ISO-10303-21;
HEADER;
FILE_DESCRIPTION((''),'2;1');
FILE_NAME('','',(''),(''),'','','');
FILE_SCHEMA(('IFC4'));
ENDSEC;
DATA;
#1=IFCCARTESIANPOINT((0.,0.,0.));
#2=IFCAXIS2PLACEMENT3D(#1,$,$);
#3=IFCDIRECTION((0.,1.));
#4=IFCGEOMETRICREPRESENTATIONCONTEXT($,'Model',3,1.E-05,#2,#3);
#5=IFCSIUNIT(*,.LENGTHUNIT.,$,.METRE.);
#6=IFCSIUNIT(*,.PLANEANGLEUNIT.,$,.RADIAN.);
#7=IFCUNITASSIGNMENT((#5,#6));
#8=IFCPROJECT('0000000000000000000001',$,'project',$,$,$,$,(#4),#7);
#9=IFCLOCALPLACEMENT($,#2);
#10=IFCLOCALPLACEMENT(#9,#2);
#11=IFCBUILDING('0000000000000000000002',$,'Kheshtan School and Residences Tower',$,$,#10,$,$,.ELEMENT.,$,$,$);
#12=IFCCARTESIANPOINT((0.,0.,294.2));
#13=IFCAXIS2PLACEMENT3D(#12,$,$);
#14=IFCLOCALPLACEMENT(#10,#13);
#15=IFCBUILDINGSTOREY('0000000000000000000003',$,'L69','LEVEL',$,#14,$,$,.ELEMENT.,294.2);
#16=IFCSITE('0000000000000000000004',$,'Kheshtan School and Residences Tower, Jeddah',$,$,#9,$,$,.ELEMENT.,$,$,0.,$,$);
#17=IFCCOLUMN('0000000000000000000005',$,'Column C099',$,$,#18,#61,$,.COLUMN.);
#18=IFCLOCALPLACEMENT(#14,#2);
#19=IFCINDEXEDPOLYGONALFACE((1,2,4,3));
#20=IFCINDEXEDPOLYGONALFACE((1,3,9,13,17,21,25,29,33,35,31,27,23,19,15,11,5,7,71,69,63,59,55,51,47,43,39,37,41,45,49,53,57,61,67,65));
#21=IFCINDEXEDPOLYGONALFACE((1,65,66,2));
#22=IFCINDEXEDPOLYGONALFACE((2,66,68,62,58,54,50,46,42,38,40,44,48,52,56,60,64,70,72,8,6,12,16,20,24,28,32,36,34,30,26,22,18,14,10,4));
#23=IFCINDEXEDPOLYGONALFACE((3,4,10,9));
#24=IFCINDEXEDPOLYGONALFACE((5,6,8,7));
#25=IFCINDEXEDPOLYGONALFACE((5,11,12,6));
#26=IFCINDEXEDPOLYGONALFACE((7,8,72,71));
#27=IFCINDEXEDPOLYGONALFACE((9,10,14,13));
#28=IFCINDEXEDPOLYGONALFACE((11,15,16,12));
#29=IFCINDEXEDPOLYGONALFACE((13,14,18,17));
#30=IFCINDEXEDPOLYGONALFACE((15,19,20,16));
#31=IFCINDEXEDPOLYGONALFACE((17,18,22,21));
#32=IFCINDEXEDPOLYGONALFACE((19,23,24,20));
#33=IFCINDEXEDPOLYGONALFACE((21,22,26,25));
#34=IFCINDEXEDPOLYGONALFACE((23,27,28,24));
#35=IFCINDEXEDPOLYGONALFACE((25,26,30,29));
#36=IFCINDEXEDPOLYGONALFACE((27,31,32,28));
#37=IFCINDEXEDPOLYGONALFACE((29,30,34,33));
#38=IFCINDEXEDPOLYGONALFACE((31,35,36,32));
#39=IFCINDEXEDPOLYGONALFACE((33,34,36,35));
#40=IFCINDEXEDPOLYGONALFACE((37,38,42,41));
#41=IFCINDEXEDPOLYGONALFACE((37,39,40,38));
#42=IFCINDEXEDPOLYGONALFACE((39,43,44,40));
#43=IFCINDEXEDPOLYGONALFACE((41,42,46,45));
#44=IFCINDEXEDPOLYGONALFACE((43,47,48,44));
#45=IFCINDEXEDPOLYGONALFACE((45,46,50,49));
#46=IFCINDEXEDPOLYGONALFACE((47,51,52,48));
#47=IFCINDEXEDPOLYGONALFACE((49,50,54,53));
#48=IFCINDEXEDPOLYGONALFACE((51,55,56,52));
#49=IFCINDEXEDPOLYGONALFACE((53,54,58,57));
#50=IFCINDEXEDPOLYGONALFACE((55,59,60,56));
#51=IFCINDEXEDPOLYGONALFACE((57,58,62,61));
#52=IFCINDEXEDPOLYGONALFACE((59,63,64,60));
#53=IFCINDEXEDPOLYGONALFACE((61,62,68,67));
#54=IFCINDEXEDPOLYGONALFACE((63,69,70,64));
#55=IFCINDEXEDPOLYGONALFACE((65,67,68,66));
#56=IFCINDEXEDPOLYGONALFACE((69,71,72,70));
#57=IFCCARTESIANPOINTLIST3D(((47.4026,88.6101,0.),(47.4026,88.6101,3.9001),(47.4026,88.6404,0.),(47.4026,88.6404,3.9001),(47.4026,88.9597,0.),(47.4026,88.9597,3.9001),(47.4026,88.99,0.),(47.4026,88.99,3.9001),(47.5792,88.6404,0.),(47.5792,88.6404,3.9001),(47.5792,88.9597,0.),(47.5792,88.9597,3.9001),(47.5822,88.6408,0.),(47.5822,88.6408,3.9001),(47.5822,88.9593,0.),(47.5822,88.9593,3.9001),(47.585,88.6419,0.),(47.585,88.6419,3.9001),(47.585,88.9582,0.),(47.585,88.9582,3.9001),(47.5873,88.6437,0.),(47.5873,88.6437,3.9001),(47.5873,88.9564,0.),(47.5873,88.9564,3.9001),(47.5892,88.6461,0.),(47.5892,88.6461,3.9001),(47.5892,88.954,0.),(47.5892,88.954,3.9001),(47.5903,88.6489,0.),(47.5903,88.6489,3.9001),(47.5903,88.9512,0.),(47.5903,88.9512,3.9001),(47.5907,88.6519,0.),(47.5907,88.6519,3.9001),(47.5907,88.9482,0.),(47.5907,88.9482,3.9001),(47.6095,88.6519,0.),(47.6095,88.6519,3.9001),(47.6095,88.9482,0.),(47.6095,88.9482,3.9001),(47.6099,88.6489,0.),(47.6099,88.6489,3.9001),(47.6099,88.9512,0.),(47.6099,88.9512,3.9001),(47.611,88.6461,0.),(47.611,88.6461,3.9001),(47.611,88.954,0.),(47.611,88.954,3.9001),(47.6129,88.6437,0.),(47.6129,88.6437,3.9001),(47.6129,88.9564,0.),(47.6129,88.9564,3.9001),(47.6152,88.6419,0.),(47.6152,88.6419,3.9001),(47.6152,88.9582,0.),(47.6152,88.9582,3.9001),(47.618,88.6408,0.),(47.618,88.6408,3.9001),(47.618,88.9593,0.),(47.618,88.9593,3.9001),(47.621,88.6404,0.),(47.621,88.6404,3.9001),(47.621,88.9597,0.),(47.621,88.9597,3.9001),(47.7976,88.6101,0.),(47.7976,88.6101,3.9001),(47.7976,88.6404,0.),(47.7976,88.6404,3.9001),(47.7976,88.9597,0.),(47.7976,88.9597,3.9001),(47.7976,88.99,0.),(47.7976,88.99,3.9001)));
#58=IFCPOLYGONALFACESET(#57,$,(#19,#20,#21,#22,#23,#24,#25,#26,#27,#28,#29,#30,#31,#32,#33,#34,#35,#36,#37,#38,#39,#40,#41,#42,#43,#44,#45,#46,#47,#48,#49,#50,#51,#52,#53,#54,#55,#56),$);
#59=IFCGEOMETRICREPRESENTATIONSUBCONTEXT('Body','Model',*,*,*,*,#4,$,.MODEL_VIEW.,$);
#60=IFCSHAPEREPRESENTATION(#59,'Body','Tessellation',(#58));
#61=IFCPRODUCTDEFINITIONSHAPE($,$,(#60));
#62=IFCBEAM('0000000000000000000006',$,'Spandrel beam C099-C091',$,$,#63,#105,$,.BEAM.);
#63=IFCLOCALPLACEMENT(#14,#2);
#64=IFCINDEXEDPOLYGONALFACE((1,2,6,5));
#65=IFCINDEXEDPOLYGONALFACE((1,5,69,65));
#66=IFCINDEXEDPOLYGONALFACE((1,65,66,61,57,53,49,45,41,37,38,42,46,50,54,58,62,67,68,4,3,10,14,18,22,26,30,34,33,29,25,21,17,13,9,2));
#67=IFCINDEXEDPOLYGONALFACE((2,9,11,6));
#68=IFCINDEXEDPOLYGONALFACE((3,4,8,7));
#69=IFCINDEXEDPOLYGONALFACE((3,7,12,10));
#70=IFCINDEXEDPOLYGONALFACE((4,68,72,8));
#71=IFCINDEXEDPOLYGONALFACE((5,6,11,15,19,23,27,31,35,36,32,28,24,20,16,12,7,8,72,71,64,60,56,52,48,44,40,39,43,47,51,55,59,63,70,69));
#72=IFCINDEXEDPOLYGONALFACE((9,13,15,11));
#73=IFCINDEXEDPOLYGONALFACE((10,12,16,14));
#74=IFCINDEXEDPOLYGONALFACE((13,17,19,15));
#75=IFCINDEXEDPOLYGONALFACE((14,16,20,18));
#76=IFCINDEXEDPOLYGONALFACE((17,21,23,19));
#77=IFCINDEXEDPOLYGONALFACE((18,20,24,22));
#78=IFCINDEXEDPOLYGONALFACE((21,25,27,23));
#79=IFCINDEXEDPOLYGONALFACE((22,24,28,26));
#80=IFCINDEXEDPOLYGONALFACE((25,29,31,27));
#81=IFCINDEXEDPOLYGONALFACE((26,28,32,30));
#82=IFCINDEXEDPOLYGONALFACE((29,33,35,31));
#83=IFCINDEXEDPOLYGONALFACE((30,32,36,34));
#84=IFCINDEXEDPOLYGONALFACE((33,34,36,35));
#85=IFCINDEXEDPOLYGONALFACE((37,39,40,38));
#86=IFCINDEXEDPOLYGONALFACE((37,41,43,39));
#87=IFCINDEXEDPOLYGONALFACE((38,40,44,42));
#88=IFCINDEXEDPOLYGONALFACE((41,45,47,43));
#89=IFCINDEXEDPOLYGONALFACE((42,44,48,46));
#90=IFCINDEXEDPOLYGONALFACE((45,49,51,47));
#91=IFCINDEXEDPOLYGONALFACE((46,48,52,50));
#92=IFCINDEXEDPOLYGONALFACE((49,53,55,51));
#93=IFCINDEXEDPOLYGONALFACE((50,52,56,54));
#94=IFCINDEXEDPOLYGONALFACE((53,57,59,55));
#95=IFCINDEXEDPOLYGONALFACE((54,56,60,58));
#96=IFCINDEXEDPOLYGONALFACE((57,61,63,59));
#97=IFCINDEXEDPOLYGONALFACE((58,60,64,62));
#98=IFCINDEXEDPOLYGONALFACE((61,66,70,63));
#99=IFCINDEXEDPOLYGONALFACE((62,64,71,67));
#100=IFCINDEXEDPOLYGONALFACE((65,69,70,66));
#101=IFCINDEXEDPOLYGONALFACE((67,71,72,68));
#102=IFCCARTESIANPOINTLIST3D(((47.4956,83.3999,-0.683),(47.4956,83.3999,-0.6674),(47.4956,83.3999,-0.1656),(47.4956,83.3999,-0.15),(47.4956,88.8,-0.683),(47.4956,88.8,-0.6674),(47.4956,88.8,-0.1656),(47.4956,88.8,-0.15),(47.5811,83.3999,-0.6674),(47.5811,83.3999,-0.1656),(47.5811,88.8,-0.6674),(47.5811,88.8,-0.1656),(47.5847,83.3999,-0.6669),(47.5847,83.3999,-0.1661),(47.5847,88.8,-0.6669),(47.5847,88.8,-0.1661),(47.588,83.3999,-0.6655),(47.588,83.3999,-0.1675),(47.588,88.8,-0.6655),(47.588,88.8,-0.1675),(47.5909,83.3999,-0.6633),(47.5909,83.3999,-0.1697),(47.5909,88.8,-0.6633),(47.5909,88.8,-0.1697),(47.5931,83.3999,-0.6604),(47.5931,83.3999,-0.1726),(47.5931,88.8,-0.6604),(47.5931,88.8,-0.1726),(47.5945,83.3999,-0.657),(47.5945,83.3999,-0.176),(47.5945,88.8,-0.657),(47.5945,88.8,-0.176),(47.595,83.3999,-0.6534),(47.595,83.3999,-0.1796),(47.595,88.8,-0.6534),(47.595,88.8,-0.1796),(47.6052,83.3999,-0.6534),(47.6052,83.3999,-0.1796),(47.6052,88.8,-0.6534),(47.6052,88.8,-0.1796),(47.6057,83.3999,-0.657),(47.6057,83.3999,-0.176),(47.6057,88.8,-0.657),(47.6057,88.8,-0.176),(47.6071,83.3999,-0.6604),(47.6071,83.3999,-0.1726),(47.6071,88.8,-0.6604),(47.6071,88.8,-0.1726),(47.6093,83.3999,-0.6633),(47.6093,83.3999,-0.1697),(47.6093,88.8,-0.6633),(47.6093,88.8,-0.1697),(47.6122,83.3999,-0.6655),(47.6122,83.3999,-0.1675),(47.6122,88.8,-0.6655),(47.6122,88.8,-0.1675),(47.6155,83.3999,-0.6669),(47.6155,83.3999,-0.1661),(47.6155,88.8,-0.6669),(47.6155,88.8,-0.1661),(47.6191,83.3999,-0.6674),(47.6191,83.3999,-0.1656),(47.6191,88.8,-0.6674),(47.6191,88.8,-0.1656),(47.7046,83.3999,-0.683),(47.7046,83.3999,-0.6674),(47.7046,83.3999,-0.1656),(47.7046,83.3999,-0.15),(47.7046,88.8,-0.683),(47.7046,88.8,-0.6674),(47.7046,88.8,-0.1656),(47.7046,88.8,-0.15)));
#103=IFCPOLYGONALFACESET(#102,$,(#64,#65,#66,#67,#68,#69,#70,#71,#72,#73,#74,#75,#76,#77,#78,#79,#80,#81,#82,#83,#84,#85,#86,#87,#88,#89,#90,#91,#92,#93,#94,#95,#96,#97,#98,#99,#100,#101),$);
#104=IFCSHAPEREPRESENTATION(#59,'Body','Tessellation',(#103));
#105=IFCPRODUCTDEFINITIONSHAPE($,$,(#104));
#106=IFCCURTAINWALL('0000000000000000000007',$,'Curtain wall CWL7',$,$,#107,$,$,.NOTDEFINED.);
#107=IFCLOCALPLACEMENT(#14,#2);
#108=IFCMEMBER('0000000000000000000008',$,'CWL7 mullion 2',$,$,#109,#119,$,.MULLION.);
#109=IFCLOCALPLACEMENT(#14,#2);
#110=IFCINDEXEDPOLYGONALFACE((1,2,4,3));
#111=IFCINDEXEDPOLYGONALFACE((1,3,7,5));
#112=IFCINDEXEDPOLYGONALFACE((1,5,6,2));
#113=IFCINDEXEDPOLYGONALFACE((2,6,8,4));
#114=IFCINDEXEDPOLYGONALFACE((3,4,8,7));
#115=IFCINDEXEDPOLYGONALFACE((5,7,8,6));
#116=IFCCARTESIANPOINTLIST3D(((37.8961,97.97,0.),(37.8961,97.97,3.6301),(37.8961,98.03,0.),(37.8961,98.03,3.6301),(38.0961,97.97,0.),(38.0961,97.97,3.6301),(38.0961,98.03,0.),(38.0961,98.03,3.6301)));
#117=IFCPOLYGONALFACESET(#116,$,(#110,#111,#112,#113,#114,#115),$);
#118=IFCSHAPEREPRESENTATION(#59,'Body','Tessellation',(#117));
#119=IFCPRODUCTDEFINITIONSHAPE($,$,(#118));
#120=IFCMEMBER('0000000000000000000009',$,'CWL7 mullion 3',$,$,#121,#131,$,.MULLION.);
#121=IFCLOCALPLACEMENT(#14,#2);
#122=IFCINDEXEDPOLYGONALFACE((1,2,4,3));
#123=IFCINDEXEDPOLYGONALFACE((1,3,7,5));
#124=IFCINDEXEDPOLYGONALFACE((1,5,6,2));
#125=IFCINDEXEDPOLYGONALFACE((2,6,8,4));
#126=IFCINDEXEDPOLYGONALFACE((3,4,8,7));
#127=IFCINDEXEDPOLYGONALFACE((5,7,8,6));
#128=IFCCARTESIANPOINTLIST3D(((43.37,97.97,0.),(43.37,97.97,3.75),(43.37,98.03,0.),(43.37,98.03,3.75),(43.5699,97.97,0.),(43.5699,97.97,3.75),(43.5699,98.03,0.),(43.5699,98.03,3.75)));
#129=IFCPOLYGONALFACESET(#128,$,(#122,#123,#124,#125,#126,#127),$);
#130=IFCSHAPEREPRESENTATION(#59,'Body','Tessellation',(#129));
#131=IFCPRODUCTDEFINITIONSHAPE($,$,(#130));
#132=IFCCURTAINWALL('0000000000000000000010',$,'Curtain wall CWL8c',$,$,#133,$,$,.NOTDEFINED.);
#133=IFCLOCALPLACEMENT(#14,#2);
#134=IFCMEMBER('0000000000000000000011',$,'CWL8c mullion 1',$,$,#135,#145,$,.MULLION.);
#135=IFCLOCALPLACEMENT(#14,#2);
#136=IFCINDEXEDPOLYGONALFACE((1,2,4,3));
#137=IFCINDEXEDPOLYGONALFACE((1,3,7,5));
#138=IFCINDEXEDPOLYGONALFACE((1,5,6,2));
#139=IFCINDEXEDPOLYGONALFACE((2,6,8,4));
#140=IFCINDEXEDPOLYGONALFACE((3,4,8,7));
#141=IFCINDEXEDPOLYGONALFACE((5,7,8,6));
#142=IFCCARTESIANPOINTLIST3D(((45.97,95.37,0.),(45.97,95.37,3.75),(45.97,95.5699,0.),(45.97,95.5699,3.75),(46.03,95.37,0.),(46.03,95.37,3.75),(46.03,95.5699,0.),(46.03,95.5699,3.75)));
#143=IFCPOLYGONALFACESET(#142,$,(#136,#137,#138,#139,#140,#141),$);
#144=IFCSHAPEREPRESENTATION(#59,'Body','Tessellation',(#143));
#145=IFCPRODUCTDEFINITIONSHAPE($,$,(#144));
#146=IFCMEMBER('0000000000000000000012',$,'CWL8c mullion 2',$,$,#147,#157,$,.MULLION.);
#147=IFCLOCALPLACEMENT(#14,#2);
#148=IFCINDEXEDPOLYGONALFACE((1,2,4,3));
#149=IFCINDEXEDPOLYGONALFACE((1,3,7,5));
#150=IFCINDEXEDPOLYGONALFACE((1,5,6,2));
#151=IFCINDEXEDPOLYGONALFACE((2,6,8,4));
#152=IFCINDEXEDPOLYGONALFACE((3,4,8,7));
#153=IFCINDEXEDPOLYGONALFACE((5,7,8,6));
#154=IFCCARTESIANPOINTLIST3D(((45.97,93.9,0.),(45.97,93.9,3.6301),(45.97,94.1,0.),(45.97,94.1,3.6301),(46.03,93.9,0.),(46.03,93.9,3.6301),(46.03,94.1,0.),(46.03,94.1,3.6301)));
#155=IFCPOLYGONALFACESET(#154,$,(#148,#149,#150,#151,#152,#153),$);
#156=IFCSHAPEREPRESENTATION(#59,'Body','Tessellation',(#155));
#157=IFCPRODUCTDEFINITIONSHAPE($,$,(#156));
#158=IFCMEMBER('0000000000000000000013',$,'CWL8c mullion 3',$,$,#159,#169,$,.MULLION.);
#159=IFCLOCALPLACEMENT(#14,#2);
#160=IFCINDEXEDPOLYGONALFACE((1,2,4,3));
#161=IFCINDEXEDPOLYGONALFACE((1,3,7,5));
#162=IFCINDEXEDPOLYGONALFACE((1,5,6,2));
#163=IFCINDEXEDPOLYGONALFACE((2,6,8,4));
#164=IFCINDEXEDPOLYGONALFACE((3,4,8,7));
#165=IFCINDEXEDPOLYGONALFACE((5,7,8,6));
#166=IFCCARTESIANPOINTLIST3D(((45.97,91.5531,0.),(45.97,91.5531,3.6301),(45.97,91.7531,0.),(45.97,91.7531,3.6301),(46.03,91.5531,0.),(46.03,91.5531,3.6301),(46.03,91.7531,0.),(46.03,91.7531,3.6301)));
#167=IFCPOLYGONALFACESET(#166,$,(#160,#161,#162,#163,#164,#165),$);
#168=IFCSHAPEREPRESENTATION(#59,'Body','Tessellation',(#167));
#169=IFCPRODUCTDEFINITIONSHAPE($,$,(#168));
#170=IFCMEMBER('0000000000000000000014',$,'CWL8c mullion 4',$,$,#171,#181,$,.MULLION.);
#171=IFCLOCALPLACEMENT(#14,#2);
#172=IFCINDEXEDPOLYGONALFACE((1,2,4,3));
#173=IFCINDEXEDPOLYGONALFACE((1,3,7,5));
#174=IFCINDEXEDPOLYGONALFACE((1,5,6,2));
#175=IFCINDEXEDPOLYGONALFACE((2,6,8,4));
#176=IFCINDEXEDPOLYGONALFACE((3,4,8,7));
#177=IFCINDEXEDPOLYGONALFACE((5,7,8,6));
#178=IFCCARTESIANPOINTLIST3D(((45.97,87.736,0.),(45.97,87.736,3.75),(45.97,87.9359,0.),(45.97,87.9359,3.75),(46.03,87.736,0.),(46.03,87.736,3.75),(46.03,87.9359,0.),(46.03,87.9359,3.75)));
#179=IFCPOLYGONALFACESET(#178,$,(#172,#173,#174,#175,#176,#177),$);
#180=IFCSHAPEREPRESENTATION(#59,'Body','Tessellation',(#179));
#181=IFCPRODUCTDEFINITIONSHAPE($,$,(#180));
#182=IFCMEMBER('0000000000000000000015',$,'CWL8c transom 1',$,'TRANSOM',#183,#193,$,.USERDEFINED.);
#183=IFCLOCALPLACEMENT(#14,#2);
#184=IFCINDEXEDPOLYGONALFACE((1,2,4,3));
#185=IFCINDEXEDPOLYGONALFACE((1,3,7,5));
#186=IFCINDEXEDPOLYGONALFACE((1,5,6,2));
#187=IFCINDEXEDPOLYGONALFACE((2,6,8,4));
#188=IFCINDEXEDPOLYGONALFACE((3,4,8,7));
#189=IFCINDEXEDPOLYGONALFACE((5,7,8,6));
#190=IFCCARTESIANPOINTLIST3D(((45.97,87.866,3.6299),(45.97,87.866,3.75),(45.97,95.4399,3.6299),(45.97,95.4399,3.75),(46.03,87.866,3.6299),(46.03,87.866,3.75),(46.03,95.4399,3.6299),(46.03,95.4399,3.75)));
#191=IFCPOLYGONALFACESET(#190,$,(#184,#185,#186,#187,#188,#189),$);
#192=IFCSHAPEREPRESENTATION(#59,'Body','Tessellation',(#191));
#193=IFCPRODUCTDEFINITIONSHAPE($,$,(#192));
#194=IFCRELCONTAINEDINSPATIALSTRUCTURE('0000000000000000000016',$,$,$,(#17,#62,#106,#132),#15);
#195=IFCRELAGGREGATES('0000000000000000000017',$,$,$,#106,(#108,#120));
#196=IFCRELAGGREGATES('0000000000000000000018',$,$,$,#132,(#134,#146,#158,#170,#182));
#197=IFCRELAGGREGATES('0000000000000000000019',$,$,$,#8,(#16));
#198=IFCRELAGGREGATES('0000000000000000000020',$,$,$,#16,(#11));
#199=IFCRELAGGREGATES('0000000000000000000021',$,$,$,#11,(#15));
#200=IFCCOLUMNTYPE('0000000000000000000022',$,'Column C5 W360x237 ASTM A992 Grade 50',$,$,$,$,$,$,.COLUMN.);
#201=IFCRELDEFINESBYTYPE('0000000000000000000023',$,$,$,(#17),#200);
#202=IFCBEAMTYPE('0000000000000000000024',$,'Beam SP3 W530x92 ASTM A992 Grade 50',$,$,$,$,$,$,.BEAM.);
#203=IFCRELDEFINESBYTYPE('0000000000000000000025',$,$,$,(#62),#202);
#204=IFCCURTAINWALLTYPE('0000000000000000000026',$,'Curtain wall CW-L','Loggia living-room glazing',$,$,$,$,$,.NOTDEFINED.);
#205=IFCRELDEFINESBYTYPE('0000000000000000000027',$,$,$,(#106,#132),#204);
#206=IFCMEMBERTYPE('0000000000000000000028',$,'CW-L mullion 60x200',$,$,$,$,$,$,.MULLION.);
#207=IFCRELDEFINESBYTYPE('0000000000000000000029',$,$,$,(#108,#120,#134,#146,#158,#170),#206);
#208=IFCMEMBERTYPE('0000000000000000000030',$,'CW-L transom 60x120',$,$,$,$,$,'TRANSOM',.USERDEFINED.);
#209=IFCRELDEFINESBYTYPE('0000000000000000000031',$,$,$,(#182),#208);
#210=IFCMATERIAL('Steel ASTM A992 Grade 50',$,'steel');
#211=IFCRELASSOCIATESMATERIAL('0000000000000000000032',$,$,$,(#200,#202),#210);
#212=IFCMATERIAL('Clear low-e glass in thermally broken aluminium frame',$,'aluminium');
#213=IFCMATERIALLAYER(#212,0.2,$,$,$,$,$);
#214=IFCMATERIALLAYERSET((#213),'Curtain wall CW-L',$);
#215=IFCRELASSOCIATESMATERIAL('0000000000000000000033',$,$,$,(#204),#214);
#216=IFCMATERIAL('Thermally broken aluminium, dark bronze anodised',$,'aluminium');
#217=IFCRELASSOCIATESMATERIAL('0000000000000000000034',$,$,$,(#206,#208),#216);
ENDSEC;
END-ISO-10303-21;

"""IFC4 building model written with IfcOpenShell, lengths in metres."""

from ifc_helpers import new_model, si_unit, direction, frame, origin, origin_2d, place, context, subcontext, project, spatial, rectangle, i_section, extrude, material, layer, layer_set, material_profile, profile_set, type_object, element, aggregate, save


model = new_model("IFC4")

# Units and contexts
model_context = context("Model", 3, precision=1e-05, world=origin(), true_north=direction((0.0, 1.0)))
body_context = subcontext(model_context, "Body", "Model", "MODEL_VIEW")
ifc_project = project(units=[si_unit("LENGTHUNIT", "METRE"), si_unit("PLANEANGLEUNIT", "RADIAN")], contexts=[model_context])

# Site, building, storey
site_placement = place(None, origin())
site = spatial("IfcSite", under=ifc_project, at=site_placement, Name="Kheshtan School and Residences Tower, Jeddah", CompositionType="ELEMENT", RefElevation=0.0)
building_placement = place(site_placement, origin())
building = spatial("IfcBuilding", under=site, at=building_placement, Name="Kheshtan School and Residences Tower", CompositionType="ELEMENT")
storey_placement = place(building_placement, frame((0.0, 0.0, 294.2)))
storey = spatial("IfcBuildingStorey", under=building, at=storey_placement, Name="L69", Description="LEVEL", CompositionType="ELEMENT", Elevation=294.2)

# Column
ifc_material_1 = material(Name="Steel ASTM A992 Grade 50", Category="steel")
ifc_material_profile_1 = material_profile(ifc_material_1, i_section(OverallWidth=0.395, OverallDepth=0.3799, WebThickness=0.0188, FlangeThickness=0.0303, FilletRadius=0.0115, at=origin_2d()), Name="W360x237")
ifc_profile_set_1 = profile_set([ifc_material_profile_1], Name="Steel ASTM A992 Grade 50")
column_type = type_object("IfcColumnType", Name="Column C5 W360x237 ASTM A992 Grade 50", PredefinedType="COLUMN", material=ifc_profile_set_1)
column_placement = place(storey_placement, frame((47.6001, 88.8, 0.0), z_axis=(0.0, 0.0, 1.0), x_axis=(1.0, 0.0, 0.0)))
element("IfcColumn", 1, at=column_placement, inside=storey, type_object=column_type, Name="Column C099", PredefinedType="COLUMN", context=body_context, shape_type="SweptSolid", body=[
    extrude(i_section(OverallWidth=0.395, OverallDepth=0.3799, WebThickness=0.0188, FlangeThickness=0.0303, FilletRadius=0.0115, at=origin_2d()), origin(), (0.0, 0.0, 1.0), 3.9001),
])

# Beam
ifc_material_profile_2 = material_profile(ifc_material_1, i_section(OverallWidth=0.209, OverallDepth=0.533, WebThickness=0.0103, FlangeThickness=0.0156, FilletRadius=0.0139, at=origin_2d()), Name="W530x92")
ifc_profile_set_2 = profile_set([ifc_material_profile_2], Name="Steel ASTM A992 Grade 50")
beam_type = type_object("IfcBeamType", Name="Beam SP3 W530x92 ASTM A992 Grade 50", PredefinedType="BEAM", material=ifc_profile_set_2)
beam_placement = place(storey_placement, frame((47.6001, 88.8, -0.4165), z_axis=(0.0, -1.0, 0.0), x_axis=(1.0, 0.0, 0.0)))
element("IfcBeam", 2, at=beam_placement, inside=storey, type_object=beam_type, Name="Spandrel beam C099-C091", PredefinedType="BEAM", context=body_context, shape_type="SweptSolid", body=[
    extrude(i_section(OverallWidth=0.209, OverallDepth=0.533, WebThickness=0.0103, FlangeThickness=0.0156, FilletRadius=0.0139, at=origin_2d()), origin(), (0.0, 0.0, 1.0), 5.4001),
])

# Curtain walls, members
ifc_material_2 = material(Name="Clear low-e glass in thermally broken aluminium frame", Category="aluminium")
ifc_layer_1 = layer(ifc_material_2, 0.2)
ifc_layer_set_1 = layer_set([ifc_layer_1], Name="Curtain wall CW-L")
curtain_wall_type = type_object("IfcCurtainWallType", Name="Curtain wall CW-L", Description="Loggia living-room glazing", PredefinedType="NOTDEFINED", material=ifc_layer_set_1)
curtain_wall_1_placement = place(storey_placement, origin())
curtain_wall_1 = element("IfcCurtainWall", 3, at=curtain_wall_1_placement, inside=storey, type_object=curtain_wall_type, Name="Curtain wall CWL7", PredefinedType="NOTDEFINED")
ifc_material_3 = material(Name="Thermally broken aluminium, dark bronze anodised", Category="aluminium")
ifc_material_profile_3 = material_profile(ifc_material_3, rectangle(XDim=0.0601, YDim=0.2, at=origin_2d()), Name="CW-L mullion 60x200")
ifc_profile_set_3 = profile_set([ifc_material_profile_3], Name="Thermally broken aluminium, dark bronze anodised")
member_type_1 = type_object("IfcMemberType", Name="CW-L mullion 60x200", PredefinedType="MULLION", material=ifc_profile_set_3)
member_1_placement = place(storey_placement, frame((37.9961, 98.0, 0.0), z_axis=(0.0, 0.0, 1.0), x_axis=(0.0, 1.0, 0.0)))
member_1 = element("IfcMember", 4, at=member_1_placement, type_object=member_type_1, Name="CWL7 mullion 2", PredefinedType="MULLION", context=body_context, shape_type="SweptSolid", body=[
    extrude(rectangle(XDim=0.0601, YDim=0.2, at=origin_2d()), origin(), (0.0, 0.0, 1.0), 3.6301),
])
member_2_placement = place(storey_placement, frame((43.47, 98.0, 0.0), z_axis=(0.0, 0.0, 1.0), x_axis=(0.0, 1.0, 0.0)))
member_2 = element("IfcMember", 5, at=member_2_placement, type_object=member_type_1, Name="CWL7 mullion 3", PredefinedType="MULLION", context=body_context, shape_type="SweptSolid", body=[
    extrude(rectangle(XDim=0.0601, YDim=0.2, at=origin_2d()), origin(), (0.0, 0.0, 1.0), 3.75),
])
curtain_wall_2_placement = place(storey_placement, origin())
curtain_wall_2 = element("IfcCurtainWall", 6, at=curtain_wall_2_placement, inside=storey, type_object=curtain_wall_type, Name="Curtain wall CWL8c", PredefinedType="NOTDEFINED")
member_3_placement = place(storey_placement, frame((46.0, 95.47, 0.0), z_axis=(0.0, 0.0, 1.0), x_axis=(1.0, 0.0, 0.0)))
member_3 = element("IfcMember", 7, at=member_3_placement, type_object=member_type_1, Name="CWL8c mullion 1", PredefinedType="MULLION", context=body_context, shape_type="SweptSolid", body=[
    extrude(rectangle(XDim=0.0601, YDim=0.2, at=origin_2d()), origin(), (0.0, 0.0, 1.0), 3.75),
])
member_4_placement = place(storey_placement, frame((46.0, 94.0, 0.0), z_axis=(0.0, 0.0, 1.0), x_axis=(1.0, 0.0, 0.0)))
member_4 = element("IfcMember", 8, at=member_4_placement, type_object=member_type_1, Name="CWL8c mullion 2", PredefinedType="MULLION", context=body_context, shape_type="SweptSolid", body=[
    extrude(rectangle(XDim=0.0601, YDim=0.2, at=origin_2d()), origin(), (0.0, 0.0, 1.0), 3.6301),
])
member_5_placement = place(storey_placement, frame((46.0, 91.6531, 0.0), z_axis=(0.0, 0.0, 1.0), x_axis=(1.0, 0.0, 0.0)))
member_5 = element("IfcMember", 9, at=member_5_placement, type_object=member_type_1, Name="CWL8c mullion 3", PredefinedType="MULLION", context=body_context, shape_type="SweptSolid", body=[
    extrude(rectangle(XDim=0.0601, YDim=0.2, at=origin_2d()), origin(), (0.0, 0.0, 1.0), 3.6301),
])
member_6_placement = place(storey_placement, frame((46.0, 87.8359, 0.0), z_axis=(0.0, 0.0, 1.0), x_axis=(1.0, 0.0, 0.0)))
member_6 = element("IfcMember", 10, at=member_6_placement, type_object=member_type_1, Name="CWL8c mullion 4", PredefinedType="MULLION", context=body_context, shape_type="SweptSolid", body=[
    extrude(rectangle(XDim=0.0601, YDim=0.2, at=origin_2d()), origin(), (0.0, 0.0, 1.0), 3.75),
])
ifc_material_profile_4 = material_profile(ifc_material_3, rectangle(XDim=0.0601, YDim=0.1201, at=origin_2d()), Name="CW-L transom 60x120")
ifc_profile_set_4 = profile_set([ifc_material_profile_4], Name="Thermally broken aluminium, dark bronze anodised")
member_type_2 = type_object("IfcMemberType", Name="CW-L transom 60x120", ElementType="TRANSOM", PredefinedType="USERDEFINED", material=ifc_profile_set_4)
member_7_placement = place(storey_placement, frame((46.0, 95.4399, 3.6899), z_axis=(0.0, -1.0, 0.0), x_axis=(1.0, 0.0, 0.0)))
member_7 = element("IfcMember", 11, at=member_7_placement, type_object=member_type_2, Name="CWL8c transom 1", ObjectType="TRANSOM", PredefinedType="USERDEFINED", context=body_context, shape_type="SweptSolid", body=[
    extrude(rectangle(XDim=0.0601, YDim=0.1201, at=origin_2d()), origin(), (0.0, 0.0, 1.0), 7.574),
])

aggregate(curtain_wall_1, [member_1, member_2])
aggregate(curtain_wall_2, [member_3, member_4, member_5, member_6, member_7])

save(model, "model.ifc")
